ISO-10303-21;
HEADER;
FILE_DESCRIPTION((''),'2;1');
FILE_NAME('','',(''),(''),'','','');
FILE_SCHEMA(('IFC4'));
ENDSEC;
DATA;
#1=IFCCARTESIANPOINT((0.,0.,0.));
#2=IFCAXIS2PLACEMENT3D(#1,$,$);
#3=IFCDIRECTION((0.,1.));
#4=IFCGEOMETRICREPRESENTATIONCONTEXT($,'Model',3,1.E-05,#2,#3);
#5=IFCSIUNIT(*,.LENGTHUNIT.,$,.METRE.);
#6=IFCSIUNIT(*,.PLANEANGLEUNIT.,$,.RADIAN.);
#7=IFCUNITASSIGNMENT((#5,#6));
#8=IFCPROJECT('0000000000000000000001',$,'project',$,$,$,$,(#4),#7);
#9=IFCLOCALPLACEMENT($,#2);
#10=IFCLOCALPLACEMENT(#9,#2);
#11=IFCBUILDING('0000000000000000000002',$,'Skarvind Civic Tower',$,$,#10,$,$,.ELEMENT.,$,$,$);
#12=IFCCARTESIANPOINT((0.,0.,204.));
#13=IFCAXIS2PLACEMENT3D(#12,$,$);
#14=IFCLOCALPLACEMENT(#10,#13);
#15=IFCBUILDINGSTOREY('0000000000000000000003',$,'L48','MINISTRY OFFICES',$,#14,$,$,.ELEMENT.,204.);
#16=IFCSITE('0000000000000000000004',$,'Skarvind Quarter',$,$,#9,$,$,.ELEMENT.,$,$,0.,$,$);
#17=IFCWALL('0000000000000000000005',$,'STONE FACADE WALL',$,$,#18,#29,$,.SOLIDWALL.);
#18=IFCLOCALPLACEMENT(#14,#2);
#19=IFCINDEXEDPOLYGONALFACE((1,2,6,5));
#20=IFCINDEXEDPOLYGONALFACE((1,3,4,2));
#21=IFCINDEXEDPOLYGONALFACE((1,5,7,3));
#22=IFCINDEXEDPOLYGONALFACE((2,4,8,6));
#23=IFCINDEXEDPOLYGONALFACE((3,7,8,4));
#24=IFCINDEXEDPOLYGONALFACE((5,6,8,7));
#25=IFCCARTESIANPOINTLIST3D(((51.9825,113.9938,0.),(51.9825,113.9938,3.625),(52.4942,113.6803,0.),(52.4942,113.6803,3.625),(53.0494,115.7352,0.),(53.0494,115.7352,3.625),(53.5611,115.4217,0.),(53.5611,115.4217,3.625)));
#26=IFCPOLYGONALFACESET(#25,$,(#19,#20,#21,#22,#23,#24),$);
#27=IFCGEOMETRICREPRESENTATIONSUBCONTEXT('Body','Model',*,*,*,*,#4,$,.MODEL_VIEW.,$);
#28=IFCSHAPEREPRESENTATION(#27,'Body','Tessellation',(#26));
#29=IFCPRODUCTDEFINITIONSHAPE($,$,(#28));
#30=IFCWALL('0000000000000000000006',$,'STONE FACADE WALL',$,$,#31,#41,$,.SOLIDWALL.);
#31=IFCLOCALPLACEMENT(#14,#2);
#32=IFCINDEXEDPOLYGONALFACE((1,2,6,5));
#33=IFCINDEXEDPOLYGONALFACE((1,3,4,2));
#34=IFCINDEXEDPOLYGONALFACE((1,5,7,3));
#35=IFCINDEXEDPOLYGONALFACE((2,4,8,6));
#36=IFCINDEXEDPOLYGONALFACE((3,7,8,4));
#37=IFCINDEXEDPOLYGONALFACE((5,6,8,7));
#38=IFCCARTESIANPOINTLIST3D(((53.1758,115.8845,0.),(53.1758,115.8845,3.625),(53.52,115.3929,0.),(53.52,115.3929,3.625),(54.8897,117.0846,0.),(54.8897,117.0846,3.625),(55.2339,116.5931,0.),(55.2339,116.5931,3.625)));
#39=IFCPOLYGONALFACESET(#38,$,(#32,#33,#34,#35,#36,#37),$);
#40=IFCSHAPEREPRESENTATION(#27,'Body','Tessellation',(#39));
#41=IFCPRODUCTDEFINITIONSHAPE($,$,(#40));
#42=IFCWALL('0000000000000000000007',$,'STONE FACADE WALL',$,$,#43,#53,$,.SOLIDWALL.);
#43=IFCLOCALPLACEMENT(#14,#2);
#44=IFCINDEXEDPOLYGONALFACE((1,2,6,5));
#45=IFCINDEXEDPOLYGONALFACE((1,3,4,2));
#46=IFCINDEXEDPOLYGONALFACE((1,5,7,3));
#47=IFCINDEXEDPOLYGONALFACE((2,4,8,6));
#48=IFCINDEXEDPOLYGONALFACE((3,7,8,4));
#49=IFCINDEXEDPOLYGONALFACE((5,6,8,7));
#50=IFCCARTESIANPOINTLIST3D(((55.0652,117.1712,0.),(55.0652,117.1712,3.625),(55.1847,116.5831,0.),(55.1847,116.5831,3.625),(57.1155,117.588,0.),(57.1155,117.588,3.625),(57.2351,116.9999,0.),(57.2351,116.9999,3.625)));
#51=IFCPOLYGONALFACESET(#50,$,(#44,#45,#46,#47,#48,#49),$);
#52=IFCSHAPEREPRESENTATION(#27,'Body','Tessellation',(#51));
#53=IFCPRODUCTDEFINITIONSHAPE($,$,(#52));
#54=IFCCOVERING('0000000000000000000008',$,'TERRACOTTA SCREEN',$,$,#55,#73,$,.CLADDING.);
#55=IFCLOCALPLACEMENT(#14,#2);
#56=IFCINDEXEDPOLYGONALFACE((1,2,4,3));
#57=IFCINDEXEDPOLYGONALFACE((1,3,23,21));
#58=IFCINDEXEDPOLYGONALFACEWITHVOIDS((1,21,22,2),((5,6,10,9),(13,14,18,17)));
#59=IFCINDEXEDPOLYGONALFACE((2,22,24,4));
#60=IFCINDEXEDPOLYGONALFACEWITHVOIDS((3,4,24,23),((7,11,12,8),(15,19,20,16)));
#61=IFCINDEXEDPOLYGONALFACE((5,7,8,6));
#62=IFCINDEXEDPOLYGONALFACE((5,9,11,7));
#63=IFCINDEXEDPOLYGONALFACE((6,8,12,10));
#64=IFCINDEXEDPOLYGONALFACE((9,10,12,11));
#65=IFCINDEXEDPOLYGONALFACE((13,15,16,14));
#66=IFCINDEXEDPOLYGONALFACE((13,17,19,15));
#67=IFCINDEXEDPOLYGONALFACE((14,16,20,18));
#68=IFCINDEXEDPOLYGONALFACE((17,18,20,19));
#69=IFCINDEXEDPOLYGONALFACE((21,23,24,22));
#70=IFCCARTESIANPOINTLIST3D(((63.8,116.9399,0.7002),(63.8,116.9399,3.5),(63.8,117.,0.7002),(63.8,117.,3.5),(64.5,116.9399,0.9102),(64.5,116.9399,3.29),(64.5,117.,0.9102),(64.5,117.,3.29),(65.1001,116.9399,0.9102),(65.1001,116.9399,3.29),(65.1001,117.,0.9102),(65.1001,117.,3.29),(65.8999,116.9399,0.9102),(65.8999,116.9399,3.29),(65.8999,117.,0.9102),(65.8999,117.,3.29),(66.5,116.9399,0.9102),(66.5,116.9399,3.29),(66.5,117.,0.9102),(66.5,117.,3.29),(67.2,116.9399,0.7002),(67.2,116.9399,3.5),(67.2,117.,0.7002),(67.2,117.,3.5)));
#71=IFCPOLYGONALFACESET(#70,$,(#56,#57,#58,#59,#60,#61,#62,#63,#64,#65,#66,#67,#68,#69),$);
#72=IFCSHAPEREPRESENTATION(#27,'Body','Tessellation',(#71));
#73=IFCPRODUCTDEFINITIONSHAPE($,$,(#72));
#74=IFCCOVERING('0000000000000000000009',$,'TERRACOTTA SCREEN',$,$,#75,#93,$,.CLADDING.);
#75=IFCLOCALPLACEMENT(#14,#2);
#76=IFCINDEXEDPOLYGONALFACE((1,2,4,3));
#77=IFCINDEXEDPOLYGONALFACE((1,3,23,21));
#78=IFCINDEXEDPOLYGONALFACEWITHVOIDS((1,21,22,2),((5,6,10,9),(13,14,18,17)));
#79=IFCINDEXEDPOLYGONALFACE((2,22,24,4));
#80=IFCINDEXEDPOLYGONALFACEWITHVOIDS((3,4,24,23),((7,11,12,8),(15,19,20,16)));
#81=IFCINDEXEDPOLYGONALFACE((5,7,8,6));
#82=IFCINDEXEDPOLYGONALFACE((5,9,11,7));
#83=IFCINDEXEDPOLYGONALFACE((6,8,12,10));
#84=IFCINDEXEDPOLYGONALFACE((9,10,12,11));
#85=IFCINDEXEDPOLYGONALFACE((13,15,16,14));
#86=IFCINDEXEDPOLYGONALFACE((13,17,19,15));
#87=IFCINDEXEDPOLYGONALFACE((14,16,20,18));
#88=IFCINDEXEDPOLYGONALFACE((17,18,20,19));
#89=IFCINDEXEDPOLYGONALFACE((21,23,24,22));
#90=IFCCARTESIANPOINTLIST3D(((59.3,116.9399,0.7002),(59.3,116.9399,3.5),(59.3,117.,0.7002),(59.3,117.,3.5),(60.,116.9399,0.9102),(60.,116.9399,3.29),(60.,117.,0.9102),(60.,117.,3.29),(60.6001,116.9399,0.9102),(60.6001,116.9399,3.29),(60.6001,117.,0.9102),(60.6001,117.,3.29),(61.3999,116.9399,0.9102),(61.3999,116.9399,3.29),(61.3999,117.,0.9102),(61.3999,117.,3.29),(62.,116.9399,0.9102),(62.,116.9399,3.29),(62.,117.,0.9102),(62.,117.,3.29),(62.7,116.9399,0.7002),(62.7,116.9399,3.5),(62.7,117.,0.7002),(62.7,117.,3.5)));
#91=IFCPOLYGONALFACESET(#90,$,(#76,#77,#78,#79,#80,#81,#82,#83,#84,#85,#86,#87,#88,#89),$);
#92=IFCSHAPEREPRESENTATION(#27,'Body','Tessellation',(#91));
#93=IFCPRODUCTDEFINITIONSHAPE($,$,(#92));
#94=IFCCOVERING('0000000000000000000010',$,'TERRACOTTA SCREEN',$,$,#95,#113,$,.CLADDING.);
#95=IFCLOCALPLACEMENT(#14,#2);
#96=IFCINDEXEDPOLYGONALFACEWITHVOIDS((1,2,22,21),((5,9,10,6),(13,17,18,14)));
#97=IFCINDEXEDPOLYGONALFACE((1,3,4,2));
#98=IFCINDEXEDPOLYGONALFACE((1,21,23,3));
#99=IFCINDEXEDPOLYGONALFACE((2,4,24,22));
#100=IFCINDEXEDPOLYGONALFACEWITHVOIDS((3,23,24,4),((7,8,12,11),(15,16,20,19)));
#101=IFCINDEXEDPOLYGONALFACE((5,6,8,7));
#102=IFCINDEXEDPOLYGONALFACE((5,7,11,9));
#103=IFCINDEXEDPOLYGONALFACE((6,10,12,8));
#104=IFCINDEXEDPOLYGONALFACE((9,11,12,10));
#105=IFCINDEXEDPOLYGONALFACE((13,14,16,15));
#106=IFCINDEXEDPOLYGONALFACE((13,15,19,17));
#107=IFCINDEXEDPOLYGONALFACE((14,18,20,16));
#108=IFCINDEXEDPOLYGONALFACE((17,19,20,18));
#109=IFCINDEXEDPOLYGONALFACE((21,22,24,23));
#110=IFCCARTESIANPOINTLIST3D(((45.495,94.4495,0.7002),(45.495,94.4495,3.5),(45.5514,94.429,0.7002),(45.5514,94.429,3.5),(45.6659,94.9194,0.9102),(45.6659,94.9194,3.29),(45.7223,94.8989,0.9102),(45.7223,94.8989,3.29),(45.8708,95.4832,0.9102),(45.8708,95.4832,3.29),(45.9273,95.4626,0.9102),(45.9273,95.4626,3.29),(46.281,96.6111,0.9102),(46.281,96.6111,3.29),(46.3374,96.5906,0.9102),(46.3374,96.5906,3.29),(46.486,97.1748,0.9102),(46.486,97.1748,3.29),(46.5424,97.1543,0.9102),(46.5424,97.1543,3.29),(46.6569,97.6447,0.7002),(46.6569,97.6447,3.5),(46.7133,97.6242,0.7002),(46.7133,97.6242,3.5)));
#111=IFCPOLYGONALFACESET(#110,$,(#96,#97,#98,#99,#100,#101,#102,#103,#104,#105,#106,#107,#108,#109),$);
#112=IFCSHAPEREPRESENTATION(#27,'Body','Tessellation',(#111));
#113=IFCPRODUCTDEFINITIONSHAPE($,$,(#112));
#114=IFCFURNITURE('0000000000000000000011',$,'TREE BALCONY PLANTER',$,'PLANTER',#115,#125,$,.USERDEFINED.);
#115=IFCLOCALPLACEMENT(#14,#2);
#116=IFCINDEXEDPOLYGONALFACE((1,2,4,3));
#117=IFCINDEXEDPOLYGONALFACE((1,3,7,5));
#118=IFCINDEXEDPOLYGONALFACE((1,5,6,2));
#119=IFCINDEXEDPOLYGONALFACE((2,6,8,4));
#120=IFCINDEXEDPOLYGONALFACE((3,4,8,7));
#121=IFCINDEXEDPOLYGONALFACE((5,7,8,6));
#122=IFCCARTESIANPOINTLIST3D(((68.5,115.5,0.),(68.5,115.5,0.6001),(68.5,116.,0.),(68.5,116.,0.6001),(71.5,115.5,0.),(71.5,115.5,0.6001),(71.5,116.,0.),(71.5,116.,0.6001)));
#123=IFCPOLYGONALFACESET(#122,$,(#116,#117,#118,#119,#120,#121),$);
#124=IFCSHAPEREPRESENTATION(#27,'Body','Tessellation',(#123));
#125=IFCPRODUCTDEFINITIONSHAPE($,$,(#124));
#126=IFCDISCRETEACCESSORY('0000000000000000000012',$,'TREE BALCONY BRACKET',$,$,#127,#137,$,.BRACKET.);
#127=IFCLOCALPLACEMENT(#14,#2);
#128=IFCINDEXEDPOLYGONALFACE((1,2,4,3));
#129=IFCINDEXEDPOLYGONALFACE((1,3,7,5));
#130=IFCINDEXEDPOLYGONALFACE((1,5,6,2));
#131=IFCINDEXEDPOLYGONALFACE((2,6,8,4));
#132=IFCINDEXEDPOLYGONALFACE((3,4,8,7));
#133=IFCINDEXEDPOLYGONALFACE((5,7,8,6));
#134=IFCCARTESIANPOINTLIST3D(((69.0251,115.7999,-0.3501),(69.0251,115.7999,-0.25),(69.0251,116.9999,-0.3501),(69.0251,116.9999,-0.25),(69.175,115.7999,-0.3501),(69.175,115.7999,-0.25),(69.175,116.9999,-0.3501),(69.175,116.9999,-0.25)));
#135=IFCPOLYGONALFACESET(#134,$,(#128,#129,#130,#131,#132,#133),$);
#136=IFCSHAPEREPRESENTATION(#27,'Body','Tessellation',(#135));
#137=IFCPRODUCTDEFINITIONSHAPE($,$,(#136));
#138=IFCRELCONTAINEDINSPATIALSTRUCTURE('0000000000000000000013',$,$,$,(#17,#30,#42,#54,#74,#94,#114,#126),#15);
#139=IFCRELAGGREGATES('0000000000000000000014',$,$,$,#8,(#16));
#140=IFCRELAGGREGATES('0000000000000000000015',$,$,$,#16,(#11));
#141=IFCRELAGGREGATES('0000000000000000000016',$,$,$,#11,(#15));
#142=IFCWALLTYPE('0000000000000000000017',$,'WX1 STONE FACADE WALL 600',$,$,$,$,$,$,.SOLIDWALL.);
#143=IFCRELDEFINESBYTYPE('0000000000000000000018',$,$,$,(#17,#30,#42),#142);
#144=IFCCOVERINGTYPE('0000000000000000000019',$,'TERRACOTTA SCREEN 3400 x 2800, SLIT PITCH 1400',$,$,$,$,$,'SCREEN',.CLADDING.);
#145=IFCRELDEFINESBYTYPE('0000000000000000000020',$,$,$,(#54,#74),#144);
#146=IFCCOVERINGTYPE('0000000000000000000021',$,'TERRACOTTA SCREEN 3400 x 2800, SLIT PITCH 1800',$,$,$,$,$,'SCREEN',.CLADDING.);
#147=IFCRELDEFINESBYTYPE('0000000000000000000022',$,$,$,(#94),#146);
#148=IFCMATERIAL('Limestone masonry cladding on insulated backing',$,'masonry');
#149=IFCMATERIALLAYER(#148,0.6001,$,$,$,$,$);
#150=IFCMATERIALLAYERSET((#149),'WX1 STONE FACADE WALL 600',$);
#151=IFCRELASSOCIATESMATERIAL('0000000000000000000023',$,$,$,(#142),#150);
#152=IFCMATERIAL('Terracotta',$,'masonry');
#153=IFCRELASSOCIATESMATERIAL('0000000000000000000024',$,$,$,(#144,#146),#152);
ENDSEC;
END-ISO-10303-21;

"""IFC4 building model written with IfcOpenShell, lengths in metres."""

from ifc_helpers import new_model, si_unit, direction, frame, frame_2d, origin, origin_2d, place, context, subcontext, project, spatial, polyline, rectangle, outline, extrude, material, layer, layer_set, material_profile, profile_set, type_object, element, save


model = new_model("IFC4")

# Units and contexts
model_context = context("Model", 3, precision=1e-05, world=origin(), true_north=direction((0.0, 1.0)))
body_context = subcontext(model_context, "Body", "Model", "MODEL_VIEW")
ifc_project = project(units=[si_unit("LENGTHUNIT", "METRE"), si_unit("PLANEANGLEUNIT", "RADIAN")], contexts=[model_context])

# Site, building, storey
site_placement = place(None, origin())
site = spatial("IfcSite", under=ifc_project, at=site_placement, Name="Skarvind Quarter", CompositionType="ELEMENT", RefElevation=0.0)
building_placement = place(site_placement, origin())
building = spatial("IfcBuilding", under=site, at=building_placement, Name="Skarvind Civic Tower", CompositionType="ELEMENT")
storey_placement = place(building_placement, frame((0.0, 0.0, 204.0)))
storey = spatial("IfcBuildingStorey", under=building, at=storey_placement, Name="L48", Description="MINISTRY OFFICES", CompositionType="ELEMENT", Elevation=204.0)

# Shared definitions
ifc_material_1 = material(Name="Limestone masonry cladding on insulated backing", Category="masonry")
ifc_layer_1 = layer(ifc_material_1, 0.6001)
ifc_layer_set_1 = layer_set([ifc_layer_1], Name="WX1 STONE FACADE WALL 600")
wall_type_1 = type_object("IfcWallType", Name="WX1 STONE FACADE WALL 600", PredefinedType="SOLIDWALL", material=ifc_layer_set_1)

# Walls
wall_1_placement = place(storey_placement, frame((53.3052, 115.5784, 0.0), z_axis=(0.0, 0.0, 1.0), x_axis=(-0.522402, -0.852699, 0.0)))
element("IfcWall", 1, at=wall_1_placement, inside=storey, type_object=wall_type_1, Name="STONE FACADE WALL", PredefinedType="SOLIDWALL", context=body_context, shape_type="SweptSolid", body=[
    extrude(rectangle(XDim=2.0422, YDim=0.6001, at=frame_2d((1.021, 0.0))), origin(), (0.0, 0.0, 1.0), 3.625),
])
for number, where, z_axis, x_axis, name in (
    (2, (55.0618, 116.8389, 0.0), (0.0, 0.0, 1.0), (-0.819122, -0.573619, 0.0), "STONE FACADE WALL"),
    (3, (57.1753, 117.2939, 0.0), (0.0, 0.0, 1.0), (-0.979961, -0.199189, 0.0), "STONE FACADE WALL"),
):
    element("IfcWall", number, at=place(storey_placement, frame(where, z_axis=z_axis, x_axis=x_axis)), inside=storey, type_object=wall_type_1, Name=name, PredefinedType="SOLIDWALL", context=body_context, shape_type="SweptSolid", body=[
        extrude(rectangle(XDim=2.0923, YDim=0.6001, at=frame_2d((1.0461, 0.0))), origin(), (0.0, 0.0, 1.0), 3.625),
    ])

# Coverings
ifc_material_2 = material(Name="Terracotta", Category="masonry")
ifc_material_profile_1 = material_profile(ifc_material_2, outline(polyline([(-1.7, -1.3999), (1.7, -1.3999), (1.7, 1.3999), (-1.7, 1.3999), (-1.7, -1.3999)]), holes=[polyline([(-1.0, -1.1899), (-0.3999, -1.1899), (-0.3999, 1.1899), (-1.0, 1.1899), (-1.0, -1.1899)]), polyline([(0.3999, -1.1899), (1.0, -1.1899), (1.0, 1.1899), (0.3999, 1.1899), (0.3999, -1.1899)])]), Name="TERRACOTTA SCREEN 3400 x 2800, SLIT PITCH 1400")
ifc_profile_set_1 = profile_set([ifc_material_profile_1], Name="Terracotta")
covering_type_1 = type_object("IfcCoveringType", Name="TERRACOTTA SCREEN 3400 x 2800, SLIT PITCH 1400", ElementType="SCREEN", PredefinedType="CLADDING", material=ifc_profile_set_1)
for number, where, z_axis, x_axis, name in (
    (4, (65.5, 117.0, 2.1001), (0.0, -1.0, 0.0), (1.0, 0.0, 0.0), "TERRACOTTA SCREEN"),
    (5, (61.0, 117.0, 2.1001), (0.0, -1.0, 0.0), (1.0, 0.0, 0.0), "TERRACOTTA SCREEN"),
):
    element("IfcCovering", number, at=place(storey_placement, frame(where, z_axis=z_axis, x_axis=x_axis)), inside=storey, type_object=covering_type_1, Name=name, PredefinedType="CLADDING", context=body_context, shape_type="SweptSolid", body=[
        extrude(outline(polyline([(-1.7, -1.3999), (1.7, -1.3999), (1.7, 1.3999), (-1.7, 1.3999), (-1.7, -1.3999)]), holes=[polyline([(-1.0, -1.1899), (-0.3999, -1.1899), (-0.3999, 1.1899), (-1.0, 1.1899), (-1.0, -1.1899)]), polyline([(0.3999, -1.1899), (1.0, -1.1899), (1.0, 1.1899), (0.3999, 1.1899), (0.3999, -1.1899)])]), origin(), (0.0, 0.0, 1.0), 0.0601),
    ])
ifc_material_profile_2 = material_profile(ifc_material_2, outline(polyline([(-1.7, -1.3999), (1.7, -1.3999), (1.7, 1.3999), (-1.7, 1.3999), (-1.7, -1.3999)]), holes=[polyline([(-1.2, -1.1899), (-0.6001, -1.1899), (-0.6001, 1.1899), (-1.2, 1.1899), (-1.2, -1.1899)]), polyline([(0.6001, -1.1899), (1.2, -1.1899), (1.2, 1.1899), (0.6001, 1.1899), (0.6001, -1.1899)])]), Name="TERRACOTTA SCREEN 3400 x 2800, SLIT PITCH 1800")
ifc_profile_set_2 = profile_set([ifc_material_profile_2], Name="Terracotta")
covering_type_2 = type_object("IfcCoveringType", Name="TERRACOTTA SCREEN 3400 x 2800, SLIT PITCH 1800", ElementType="SCREEN", PredefinedType="CLADDING", material=ifc_profile_set_2)
covering_placement = place(storey_placement, frame((46.0759, 96.0471, 2.1001), z_axis=(0.939793, -0.341743, 0.0), x_axis=(0.341743, 0.939793, 0.0)))
element("IfcCovering", 6, at=covering_placement, inside=storey, type_object=covering_type_2, Name="TERRACOTTA SCREEN", PredefinedType="CLADDING", context=body_context, shape_type="SweptSolid", body=[
    extrude(outline(polyline([(-1.7, -1.3999), (1.7, -1.3999), (1.7, 1.3999), (-1.7, 1.3999), (-1.7, -1.3999)]), holes=[polyline([(-1.2, -1.1899), (-0.6001, -1.1899), (-0.6001, 1.1899), (-1.2, 1.1899), (-1.2, -1.1899)]), polyline([(0.6001, -1.1899), (1.2, -1.1899), (1.2, 1.1899), (0.6001, 1.1899), (0.6001, -1.1899)])]), origin(), (0.0, 0.0, 1.0), 0.0601),
])

# Furniture
furniture_placement = place(storey_placement, frame((70.0, 115.75, 0.0), z_axis=(0.0, 0.0, 1.0), x_axis=(-1.0, 0.0, 0.0)))
element("IfcFurniture", 7, at=furniture_placement, inside=storey, Name="TREE BALCONY PLANTER", ObjectType="PLANTER", PredefinedType="USERDEFINED", context=body_context, shape_type="SweptSolid", body=[
    extrude(rectangle(XDim=3.0, YDim=0.5, at=origin_2d()), origin(), (0.0, 0.0, 1.0), 0.6001),
])

# Discrete accessory
discrete_accessory_placement = place(storey_placement, frame((69.1001, 116.3999, -0.3501), z_axis=(0.0, 0.0, 1.0), x_axis=(-1.0, 0.0, 0.0)))
element("IfcDiscreteAccessory", 8, at=discrete_accessory_placement, inside=storey, Name="TREE BALCONY BRACKET", PredefinedType="BRACKET", context=body_context, shape_type="SweptSolid", body=[
    extrude(rectangle(XDim=0.1499, YDim=1.2, at=origin_2d()), origin(), (0.0, 0.0, 1.0), 0.1001),
])

save(model, "model.ifc")
